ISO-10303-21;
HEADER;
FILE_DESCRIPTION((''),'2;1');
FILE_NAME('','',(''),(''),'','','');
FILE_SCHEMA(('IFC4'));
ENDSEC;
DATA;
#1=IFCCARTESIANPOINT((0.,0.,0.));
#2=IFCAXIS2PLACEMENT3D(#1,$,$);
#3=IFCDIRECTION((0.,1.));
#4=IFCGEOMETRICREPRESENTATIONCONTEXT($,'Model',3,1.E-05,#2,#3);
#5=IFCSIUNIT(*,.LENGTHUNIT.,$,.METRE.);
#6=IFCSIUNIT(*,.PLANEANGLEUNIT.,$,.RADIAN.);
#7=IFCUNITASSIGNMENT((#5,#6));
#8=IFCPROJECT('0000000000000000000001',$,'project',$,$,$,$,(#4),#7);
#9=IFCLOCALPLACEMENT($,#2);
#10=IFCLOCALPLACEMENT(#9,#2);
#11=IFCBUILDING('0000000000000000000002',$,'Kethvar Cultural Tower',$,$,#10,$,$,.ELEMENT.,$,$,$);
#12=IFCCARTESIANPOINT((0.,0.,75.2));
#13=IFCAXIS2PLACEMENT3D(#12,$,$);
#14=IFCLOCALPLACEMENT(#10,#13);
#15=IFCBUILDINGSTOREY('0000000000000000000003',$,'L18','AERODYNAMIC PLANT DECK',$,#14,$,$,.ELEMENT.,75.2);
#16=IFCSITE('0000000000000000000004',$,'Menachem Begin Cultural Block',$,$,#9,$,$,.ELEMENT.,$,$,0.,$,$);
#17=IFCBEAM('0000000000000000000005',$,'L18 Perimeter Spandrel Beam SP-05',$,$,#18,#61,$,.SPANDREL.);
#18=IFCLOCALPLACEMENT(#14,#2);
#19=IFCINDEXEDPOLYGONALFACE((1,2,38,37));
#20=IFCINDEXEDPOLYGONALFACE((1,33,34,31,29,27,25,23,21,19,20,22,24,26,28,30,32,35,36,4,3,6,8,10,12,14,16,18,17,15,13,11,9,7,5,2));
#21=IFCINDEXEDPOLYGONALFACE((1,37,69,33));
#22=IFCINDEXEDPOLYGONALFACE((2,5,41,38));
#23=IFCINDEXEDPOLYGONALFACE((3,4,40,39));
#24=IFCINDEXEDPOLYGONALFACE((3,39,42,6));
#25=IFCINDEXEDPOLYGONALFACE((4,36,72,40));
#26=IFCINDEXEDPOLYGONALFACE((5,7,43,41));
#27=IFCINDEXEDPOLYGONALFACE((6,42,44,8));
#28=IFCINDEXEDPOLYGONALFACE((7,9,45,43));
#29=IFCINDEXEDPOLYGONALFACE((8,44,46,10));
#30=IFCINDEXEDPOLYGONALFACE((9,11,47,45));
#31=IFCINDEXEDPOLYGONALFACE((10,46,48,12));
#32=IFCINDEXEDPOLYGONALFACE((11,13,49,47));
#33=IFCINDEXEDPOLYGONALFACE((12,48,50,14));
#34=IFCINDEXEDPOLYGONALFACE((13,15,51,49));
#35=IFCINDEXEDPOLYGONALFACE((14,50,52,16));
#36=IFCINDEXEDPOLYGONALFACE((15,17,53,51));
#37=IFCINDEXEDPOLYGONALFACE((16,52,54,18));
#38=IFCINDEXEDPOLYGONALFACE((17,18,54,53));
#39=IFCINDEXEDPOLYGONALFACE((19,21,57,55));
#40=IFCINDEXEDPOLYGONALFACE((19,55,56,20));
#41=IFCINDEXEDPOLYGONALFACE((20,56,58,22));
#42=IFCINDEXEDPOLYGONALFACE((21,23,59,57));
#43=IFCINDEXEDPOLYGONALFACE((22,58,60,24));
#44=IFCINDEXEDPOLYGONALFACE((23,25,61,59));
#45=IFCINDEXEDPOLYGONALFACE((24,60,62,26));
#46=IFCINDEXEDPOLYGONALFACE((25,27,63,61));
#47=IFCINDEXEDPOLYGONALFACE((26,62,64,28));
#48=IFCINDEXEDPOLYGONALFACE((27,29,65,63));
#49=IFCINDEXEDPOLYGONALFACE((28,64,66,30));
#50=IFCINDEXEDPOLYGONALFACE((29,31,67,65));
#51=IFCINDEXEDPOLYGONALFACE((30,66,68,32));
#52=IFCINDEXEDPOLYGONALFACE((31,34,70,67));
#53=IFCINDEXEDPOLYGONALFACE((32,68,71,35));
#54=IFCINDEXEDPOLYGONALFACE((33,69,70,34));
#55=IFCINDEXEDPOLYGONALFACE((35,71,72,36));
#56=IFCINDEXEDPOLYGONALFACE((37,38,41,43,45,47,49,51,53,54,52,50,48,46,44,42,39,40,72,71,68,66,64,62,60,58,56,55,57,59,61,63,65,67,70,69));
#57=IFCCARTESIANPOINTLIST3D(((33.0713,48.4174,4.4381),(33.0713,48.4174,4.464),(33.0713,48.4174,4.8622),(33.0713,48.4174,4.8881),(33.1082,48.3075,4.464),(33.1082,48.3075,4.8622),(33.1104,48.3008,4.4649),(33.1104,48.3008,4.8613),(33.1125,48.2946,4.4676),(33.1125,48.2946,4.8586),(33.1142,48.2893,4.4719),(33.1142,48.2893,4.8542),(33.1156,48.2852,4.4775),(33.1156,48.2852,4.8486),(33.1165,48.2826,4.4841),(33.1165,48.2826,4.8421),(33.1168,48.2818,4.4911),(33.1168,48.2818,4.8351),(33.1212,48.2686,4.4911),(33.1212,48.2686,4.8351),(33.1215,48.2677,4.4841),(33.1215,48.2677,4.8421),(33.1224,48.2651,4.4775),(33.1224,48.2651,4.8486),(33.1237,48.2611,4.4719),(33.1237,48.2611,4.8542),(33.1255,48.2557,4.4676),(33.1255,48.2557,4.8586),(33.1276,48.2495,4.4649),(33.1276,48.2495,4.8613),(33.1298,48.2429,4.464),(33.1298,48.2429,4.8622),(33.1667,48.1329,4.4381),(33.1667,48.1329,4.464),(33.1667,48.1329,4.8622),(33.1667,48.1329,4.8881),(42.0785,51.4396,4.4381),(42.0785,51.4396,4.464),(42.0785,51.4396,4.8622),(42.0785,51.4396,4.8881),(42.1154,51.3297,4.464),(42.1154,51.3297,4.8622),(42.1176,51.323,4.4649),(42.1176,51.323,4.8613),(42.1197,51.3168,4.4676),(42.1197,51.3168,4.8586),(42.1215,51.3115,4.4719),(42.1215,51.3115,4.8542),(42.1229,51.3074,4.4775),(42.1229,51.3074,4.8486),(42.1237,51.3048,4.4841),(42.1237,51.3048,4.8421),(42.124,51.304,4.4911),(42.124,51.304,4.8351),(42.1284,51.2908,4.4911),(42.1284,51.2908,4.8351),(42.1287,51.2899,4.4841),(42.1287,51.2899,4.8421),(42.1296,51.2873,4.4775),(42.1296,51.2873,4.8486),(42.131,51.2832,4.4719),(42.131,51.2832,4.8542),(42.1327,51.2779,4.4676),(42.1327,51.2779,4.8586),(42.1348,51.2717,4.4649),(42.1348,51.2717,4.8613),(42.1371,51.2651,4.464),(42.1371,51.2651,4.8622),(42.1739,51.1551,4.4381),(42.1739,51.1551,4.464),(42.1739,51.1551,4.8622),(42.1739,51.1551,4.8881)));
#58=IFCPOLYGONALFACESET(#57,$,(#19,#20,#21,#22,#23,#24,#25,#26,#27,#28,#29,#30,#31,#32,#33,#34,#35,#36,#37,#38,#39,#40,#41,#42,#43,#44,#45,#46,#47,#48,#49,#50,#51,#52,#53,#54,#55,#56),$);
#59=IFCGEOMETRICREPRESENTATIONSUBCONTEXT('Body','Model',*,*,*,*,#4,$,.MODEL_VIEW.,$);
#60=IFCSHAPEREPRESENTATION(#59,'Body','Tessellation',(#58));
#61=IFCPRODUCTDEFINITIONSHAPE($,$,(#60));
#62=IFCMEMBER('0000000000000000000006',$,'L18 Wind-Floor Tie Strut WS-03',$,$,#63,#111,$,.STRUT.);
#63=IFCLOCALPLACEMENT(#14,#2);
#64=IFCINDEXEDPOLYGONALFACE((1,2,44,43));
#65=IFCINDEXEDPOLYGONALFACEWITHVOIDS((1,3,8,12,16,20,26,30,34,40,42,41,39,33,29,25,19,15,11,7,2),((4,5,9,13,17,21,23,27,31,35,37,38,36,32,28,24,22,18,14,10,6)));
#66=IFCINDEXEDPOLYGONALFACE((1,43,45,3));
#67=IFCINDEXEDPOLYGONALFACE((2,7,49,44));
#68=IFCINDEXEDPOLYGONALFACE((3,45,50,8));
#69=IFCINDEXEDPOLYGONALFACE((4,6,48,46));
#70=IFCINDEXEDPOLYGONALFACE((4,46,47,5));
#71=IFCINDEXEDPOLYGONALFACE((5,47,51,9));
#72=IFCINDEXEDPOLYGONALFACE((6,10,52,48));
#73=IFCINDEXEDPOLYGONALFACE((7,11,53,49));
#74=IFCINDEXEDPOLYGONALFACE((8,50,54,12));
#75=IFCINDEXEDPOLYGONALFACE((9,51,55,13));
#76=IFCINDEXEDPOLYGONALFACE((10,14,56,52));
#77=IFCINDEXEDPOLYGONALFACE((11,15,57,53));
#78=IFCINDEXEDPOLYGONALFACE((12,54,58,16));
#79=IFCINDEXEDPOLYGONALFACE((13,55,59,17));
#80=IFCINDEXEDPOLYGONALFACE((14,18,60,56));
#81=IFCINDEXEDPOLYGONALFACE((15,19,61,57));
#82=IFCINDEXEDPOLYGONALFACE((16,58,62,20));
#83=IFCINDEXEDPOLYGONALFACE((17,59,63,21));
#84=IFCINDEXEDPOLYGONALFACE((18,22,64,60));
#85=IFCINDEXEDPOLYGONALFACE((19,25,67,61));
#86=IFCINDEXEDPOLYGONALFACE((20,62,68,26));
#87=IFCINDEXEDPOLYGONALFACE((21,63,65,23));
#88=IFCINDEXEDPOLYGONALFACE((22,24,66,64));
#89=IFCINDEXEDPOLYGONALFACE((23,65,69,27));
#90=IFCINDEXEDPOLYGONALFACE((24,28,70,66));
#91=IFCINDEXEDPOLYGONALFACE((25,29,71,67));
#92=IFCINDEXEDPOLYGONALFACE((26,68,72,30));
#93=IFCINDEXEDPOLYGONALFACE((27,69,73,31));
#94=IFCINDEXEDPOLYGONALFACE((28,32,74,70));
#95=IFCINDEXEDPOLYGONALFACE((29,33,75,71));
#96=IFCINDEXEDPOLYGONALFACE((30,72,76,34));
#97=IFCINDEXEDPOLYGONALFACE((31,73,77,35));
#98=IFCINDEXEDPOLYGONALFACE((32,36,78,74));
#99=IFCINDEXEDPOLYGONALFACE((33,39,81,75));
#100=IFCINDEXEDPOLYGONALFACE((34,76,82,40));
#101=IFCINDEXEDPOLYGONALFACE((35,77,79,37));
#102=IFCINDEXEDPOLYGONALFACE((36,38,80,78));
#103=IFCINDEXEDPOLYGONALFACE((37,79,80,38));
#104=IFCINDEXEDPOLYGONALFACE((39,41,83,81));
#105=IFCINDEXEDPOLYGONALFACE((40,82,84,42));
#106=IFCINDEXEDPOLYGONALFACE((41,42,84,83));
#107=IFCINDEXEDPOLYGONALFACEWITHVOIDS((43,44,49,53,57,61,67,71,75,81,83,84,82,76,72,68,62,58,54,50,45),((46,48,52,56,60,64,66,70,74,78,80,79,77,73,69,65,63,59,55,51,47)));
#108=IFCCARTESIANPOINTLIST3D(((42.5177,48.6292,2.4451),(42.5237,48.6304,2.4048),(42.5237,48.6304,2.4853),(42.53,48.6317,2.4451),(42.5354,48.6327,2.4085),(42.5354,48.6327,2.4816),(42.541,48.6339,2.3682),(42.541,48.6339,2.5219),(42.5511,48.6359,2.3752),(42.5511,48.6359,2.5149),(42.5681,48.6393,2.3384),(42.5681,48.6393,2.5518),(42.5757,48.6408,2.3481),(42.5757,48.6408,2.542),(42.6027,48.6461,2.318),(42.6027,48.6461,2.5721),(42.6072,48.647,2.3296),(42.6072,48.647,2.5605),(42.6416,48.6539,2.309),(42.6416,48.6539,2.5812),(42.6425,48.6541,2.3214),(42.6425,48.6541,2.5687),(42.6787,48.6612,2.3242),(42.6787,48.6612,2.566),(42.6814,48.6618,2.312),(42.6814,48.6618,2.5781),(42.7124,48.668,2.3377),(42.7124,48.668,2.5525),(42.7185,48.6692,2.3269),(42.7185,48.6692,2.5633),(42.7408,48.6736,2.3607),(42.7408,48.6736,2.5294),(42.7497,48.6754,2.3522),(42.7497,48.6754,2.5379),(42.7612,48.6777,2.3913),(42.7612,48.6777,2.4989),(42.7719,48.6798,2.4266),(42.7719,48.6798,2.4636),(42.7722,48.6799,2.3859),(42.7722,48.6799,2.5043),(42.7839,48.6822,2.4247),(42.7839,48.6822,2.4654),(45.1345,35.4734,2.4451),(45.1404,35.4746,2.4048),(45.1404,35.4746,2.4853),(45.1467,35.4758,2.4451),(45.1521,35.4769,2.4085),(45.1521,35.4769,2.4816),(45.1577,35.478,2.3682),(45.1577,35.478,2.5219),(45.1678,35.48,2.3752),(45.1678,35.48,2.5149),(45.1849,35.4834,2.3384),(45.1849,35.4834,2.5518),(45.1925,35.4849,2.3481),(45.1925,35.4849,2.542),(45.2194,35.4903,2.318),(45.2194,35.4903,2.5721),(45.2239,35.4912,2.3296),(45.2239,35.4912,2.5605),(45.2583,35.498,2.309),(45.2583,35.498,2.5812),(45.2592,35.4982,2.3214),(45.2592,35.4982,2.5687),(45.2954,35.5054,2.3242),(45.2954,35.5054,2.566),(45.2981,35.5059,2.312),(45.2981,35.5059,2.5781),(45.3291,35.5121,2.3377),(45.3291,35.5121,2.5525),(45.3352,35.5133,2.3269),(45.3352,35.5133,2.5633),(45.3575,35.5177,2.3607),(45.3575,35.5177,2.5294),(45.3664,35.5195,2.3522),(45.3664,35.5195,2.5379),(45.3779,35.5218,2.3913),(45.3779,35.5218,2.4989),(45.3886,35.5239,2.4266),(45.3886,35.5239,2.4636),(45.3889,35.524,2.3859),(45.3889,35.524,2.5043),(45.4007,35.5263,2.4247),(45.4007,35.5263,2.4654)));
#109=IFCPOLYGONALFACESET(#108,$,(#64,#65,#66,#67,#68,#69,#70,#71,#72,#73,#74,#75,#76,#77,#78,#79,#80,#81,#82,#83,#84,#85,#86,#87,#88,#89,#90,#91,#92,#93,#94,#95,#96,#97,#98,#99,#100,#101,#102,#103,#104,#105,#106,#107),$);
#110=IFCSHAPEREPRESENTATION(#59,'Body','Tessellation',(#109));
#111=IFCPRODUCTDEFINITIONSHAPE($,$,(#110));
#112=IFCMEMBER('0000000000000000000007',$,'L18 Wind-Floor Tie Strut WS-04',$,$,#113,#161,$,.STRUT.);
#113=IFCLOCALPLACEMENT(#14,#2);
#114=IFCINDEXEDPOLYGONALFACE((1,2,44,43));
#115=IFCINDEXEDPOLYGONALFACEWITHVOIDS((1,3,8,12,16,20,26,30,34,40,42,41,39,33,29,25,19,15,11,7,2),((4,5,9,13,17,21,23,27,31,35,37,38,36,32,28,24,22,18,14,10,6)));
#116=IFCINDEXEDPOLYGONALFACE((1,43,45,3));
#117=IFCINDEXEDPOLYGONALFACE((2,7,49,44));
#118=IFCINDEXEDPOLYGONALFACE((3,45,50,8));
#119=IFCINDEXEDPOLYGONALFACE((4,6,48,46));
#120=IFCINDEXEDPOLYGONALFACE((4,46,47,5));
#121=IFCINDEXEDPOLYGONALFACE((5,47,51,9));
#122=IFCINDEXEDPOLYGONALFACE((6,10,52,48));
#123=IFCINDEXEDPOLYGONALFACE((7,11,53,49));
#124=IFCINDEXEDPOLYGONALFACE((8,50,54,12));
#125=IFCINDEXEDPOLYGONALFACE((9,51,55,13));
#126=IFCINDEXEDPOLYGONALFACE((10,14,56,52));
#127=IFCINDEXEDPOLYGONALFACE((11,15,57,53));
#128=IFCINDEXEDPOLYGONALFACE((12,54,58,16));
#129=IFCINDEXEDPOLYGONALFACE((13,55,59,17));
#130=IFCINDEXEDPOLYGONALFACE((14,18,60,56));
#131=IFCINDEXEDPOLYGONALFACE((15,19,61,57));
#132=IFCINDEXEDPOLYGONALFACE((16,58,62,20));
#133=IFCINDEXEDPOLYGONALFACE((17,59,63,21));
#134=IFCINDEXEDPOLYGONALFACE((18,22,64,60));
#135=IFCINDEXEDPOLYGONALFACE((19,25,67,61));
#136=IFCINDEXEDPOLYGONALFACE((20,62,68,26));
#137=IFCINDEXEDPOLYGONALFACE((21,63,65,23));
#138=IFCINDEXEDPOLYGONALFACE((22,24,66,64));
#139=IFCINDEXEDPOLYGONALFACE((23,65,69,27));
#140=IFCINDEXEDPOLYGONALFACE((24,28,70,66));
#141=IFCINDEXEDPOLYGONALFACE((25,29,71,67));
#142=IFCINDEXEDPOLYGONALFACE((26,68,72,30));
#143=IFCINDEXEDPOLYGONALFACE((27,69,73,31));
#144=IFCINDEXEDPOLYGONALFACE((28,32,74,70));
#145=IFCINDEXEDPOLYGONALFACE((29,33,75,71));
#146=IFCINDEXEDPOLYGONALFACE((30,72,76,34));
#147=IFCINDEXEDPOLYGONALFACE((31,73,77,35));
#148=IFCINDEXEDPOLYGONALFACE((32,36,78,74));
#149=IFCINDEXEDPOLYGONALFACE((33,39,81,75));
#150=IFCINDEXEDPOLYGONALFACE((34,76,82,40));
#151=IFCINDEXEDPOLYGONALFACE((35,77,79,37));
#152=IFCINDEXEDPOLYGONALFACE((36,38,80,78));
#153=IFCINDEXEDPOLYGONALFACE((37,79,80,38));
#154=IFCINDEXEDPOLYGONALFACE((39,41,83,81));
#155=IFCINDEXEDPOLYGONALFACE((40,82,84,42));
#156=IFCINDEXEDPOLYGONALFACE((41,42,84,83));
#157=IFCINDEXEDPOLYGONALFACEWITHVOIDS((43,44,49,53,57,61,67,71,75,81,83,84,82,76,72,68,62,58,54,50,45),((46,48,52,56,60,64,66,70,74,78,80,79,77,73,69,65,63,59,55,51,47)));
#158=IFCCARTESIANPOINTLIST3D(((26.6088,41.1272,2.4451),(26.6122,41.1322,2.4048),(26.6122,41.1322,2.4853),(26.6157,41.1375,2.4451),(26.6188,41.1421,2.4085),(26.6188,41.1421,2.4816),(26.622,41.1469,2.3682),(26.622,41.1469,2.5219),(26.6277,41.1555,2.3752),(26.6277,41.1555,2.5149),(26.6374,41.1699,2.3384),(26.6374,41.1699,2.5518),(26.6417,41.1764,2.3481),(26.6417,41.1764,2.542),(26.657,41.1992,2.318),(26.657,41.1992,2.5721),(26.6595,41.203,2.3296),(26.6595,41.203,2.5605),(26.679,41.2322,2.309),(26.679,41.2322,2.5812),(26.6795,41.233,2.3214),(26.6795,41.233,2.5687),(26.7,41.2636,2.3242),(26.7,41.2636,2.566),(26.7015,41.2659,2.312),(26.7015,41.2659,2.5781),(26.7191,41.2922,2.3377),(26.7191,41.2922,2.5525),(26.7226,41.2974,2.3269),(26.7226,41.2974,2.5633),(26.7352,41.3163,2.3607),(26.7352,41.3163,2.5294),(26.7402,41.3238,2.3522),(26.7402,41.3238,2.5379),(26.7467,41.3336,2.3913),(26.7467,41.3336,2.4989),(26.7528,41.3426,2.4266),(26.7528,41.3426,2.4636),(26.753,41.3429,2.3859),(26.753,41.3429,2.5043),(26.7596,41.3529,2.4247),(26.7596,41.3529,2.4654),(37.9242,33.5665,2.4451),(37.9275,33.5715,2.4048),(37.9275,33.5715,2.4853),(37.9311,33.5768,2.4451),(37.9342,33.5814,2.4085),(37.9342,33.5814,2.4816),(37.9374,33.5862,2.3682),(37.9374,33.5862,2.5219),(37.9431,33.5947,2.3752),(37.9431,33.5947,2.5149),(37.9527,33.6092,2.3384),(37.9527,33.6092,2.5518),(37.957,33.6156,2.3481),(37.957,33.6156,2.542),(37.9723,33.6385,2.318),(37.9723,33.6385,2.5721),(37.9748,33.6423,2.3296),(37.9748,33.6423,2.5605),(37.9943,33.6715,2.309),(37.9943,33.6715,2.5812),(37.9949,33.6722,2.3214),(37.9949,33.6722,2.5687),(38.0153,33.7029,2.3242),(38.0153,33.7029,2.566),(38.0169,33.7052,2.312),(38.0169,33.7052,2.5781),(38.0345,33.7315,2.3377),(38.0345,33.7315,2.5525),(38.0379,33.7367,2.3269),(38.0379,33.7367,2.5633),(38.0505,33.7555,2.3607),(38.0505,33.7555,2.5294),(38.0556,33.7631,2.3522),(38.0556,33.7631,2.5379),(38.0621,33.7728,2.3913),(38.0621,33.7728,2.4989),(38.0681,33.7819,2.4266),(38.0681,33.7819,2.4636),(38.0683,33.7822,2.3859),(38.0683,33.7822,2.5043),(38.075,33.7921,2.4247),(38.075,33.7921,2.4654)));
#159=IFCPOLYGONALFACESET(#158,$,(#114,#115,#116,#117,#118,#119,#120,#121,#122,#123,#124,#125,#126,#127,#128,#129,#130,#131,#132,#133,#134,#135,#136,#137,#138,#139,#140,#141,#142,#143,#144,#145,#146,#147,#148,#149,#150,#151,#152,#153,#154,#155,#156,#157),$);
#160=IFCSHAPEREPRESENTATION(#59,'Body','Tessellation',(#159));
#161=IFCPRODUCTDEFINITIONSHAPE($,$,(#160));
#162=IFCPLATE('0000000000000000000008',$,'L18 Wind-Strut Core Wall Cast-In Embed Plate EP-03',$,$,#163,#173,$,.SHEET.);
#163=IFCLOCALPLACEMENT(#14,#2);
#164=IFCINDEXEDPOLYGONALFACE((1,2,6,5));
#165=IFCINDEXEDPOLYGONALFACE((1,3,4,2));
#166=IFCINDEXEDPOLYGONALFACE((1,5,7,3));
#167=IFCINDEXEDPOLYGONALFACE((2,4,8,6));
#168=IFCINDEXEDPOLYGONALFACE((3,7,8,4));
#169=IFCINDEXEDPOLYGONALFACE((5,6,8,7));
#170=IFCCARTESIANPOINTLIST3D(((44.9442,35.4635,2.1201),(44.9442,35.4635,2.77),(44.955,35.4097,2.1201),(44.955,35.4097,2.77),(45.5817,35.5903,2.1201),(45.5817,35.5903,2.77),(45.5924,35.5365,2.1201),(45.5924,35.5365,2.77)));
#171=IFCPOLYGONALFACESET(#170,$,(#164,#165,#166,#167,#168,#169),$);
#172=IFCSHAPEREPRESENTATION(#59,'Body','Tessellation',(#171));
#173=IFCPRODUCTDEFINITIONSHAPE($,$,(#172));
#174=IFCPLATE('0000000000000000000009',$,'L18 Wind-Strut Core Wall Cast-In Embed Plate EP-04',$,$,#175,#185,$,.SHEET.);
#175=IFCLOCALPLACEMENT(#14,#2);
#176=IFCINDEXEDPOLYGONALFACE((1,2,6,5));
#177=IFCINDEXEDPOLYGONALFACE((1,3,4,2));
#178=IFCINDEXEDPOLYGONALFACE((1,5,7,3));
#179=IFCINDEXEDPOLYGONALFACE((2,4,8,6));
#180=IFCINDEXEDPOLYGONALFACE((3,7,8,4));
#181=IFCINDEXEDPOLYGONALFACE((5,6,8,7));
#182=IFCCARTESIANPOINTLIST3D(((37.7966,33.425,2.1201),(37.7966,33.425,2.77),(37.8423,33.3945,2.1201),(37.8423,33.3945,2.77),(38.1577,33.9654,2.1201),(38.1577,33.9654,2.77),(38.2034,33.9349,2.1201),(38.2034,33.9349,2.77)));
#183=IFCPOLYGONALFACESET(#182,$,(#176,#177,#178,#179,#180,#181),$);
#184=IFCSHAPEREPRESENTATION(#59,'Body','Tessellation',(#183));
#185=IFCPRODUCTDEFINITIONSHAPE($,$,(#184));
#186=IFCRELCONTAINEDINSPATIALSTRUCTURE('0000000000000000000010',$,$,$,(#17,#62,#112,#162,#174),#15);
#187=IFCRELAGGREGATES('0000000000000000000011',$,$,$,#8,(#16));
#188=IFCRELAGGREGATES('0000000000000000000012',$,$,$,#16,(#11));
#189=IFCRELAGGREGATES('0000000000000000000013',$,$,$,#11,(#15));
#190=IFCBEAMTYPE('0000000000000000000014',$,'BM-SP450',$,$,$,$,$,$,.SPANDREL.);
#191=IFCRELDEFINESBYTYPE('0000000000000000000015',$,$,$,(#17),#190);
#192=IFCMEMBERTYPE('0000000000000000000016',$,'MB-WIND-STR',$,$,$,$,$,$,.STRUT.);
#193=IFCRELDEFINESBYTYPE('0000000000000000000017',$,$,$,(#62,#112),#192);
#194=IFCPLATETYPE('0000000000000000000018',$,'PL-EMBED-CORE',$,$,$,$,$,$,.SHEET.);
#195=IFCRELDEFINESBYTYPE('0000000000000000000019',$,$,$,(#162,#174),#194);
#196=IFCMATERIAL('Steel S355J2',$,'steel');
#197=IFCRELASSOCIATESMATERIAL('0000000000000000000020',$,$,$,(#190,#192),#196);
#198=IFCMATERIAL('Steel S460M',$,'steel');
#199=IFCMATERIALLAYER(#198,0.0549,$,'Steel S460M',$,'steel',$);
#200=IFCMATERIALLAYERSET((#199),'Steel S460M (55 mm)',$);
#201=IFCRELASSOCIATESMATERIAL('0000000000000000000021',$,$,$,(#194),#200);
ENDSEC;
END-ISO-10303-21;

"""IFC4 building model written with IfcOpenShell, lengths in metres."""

from ifc_helpers import new_model, si_unit, direction, frame, origin, origin_2d, place, context, subcontext, project, spatial, rectangle, hollow_circle, i_section, extrude, source, transform, mapped, material, layer, layer_set, material_profile, profile_set, type_object, element, save


model = new_model("IFC4")

# Units and contexts
model_context = context("Model", 3, precision=1e-05, world=origin(), true_north=direction((0.0, 1.0)))
body_context = subcontext(model_context, "Body", "Model", "MODEL_VIEW")
ifc_project = project(units=[si_unit("LENGTHUNIT", "METRE"), si_unit("PLANEANGLEUNIT", "RADIAN")], contexts=[model_context])

# Site, building, storey
site_placement = place(None, origin())
site = spatial("IfcSite", under=ifc_project, at=site_placement, Name="Menachem Begin Cultural Block", CompositionType="ELEMENT", RefElevation=0.0)
building_placement = place(site_placement, origin())
building = spatial("IfcBuilding", under=site, at=building_placement, Name="Kethvar Cultural Tower", CompositionType="ELEMENT")
storey_placement = place(building_placement, frame((0.0, 0.0, 75.2)))
storey = spatial("IfcBuildingStorey", under=building, at=storey_placement, Name="L18", Description="AERODYNAMIC PLANT DECK", CompositionType="ELEMENT", Elevation=75.2)

# Shared definitions
ifc_material_1 = material(Name="Steel S460M", Category="steel")

# Beam
ifc_material_2 = material(Name="Steel S355J2", Category="steel")
ifc_material_profile_1 = material_profile(ifc_material_2, i_section(OverallWidth=0.3, OverallDepth=0.45, WebThickness=0.0139, FlangeThickness=0.0259, FilletRadius=0.0271, at=origin_2d()), Name="Steel S355J2 — HEB450")
ifc_profile_set_1 = profile_set([ifc_material_profile_1], Name="Steel S355J2 — HEB450")
beam_type_1 = type_object("IfcBeamType", Name="BM-SP450", PredefinedType="SPANDREL", material=ifc_profile_set_1)
shared_shape_1 = source(origin(), body_context, "Body", "SweptSolid", [
    extrude(i_section(OverallWidth=0.3, OverallDepth=0.45, WebThickness=0.0139, FlangeThickness=0.0259, FilletRadius=0.0271, at=origin_2d()), origin(), (0.0, 0.0, 1.0), 9.5007),
])
beam_1_placement = place(storey_placement, frame((42.1262, 51.2974, 4.6631), z_axis=(-0.948057, -0.3181, 0.0), x_axis=(0.3181, -0.948057, 0.0)))
element("IfcBeam", 1, at=beam_1_placement, inside=storey, type_object=beam_type_1, Name="L18 Perimeter Spandrel Beam SP-05", PredefinedType="SPANDREL", context=body_context, shape_type="MappedRepresentation", body=[
    mapped(shared_shape_1, transform((0.0, 0.0, 0.0), scale=1.0)),
])

# Members
ifc_material_profile_2 = material_profile(ifc_material_2, hollow_circle(Radius=0.1365, WallThickness=0.0125, at=origin_2d()), Name="Steel S355J2 — CHS273x12.5")
ifc_profile_set_2 = profile_set([ifc_material_profile_2], Name="Steel S355J2 — CHS273x12.5")
member_type = type_object("IfcMemberType", Name="MB-WIND-STR", PredefinedType="STRUT", material=ifc_profile_set_2)
shared_shape_2 = source(origin(), body_context, "Body", "SweptSolid", [
    extrude(hollow_circle(Radius=0.1365, WallThickness=0.0125, at=origin_2d()), origin(), (0.0, 0.0, 1.0), 13.4136),
])
member_1_placement = place(storey_placement, frame((45.2683, 35.5, 2.4451), z_axis=(-0.19508, 0.980787, 0.0), x_axis=(-0.980787, -0.19508, 0.0)))
element("IfcMember", 2, at=member_1_placement, inside=storey, type_object=member_type, Name="L18 Wind-Floor Tie Strut WS-03", PredefinedType="STRUT", context=body_context, shape_type="MappedRepresentation", body=[
    mapped(shared_shape_2, transform((0.0, 0.0, 0.0), scale=1.0)),
])
shared_shape_3 = source(origin(), body_context, "Body", "SweptSolid", [
    extrude(hollow_circle(Radius=0.1365, WallThickness=0.0125, at=origin_2d()), origin(), (0.0, 0.0, 1.0), 13.6089),
])
member_2_placement = place(storey_placement, frame((38.0, 33.6799, 2.4451), z_axis=(-0.831467, 0.555573, 0.0), x_axis=(-0.555573, -0.831467, 0.0)))
element("IfcMember", 3, at=member_2_placement, inside=storey, type_object=member_type, Name="L18 Wind-Floor Tie Strut WS-04", PredefinedType="STRUT", context=body_context, shape_type="MappedRepresentation", body=[
    mapped(shared_shape_3, transform((0.0, 0.0, 0.0), scale=1.0)),
])

# Plates
ifc_layer_1 = layer(ifc_material_1, 0.0549, Name="Steel S460M", Category="steel")
ifc_layer_set_1 = layer_set([ifc_layer_1], Name="Steel S460M (55 mm)")
plate_type = type_object("IfcPlateType", Name="PL-EMBED-CORE", PredefinedType="SHEET", material=ifc_layer_set_1)
shared_shape_4 = source(origin(), body_context, "Body", "SweptSolid", [
    extrude(rectangle(XDim=0.0549, YDim=0.6499, at=origin_2d()), origin(), (0.0, 0.0, 1.0), 0.6499),
])
for number, where, z_axis, x_axis, name in (
    (4, (45.2683, 35.5, 2.1201), (0.0, 0.0, 1.0), (-0.19509, 0.980785, 0.0), "L18 Wind-Strut Core Wall Cast-In Embed Plate EP-03"),
    (5, (38.0, 33.6799, 2.1201), (0.0, 0.0, 1.0), (-0.83147, 0.55557, 0.0), "L18 Wind-Strut Core Wall Cast-In Embed Plate EP-04"),
):
    element("IfcPlate", number, at=place(storey_placement, frame(where, z_axis=z_axis, x_axis=x_axis)), inside=storey, type_object=plate_type, Name=name, PredefinedType="SHEET", context=body_context, shape_type="MappedRepresentation", body=[
        mapped(shared_shape_4, transform((0.0, 0.0, 0.0), scale=1.0)),
    ])

save(model, "model.ifc")
